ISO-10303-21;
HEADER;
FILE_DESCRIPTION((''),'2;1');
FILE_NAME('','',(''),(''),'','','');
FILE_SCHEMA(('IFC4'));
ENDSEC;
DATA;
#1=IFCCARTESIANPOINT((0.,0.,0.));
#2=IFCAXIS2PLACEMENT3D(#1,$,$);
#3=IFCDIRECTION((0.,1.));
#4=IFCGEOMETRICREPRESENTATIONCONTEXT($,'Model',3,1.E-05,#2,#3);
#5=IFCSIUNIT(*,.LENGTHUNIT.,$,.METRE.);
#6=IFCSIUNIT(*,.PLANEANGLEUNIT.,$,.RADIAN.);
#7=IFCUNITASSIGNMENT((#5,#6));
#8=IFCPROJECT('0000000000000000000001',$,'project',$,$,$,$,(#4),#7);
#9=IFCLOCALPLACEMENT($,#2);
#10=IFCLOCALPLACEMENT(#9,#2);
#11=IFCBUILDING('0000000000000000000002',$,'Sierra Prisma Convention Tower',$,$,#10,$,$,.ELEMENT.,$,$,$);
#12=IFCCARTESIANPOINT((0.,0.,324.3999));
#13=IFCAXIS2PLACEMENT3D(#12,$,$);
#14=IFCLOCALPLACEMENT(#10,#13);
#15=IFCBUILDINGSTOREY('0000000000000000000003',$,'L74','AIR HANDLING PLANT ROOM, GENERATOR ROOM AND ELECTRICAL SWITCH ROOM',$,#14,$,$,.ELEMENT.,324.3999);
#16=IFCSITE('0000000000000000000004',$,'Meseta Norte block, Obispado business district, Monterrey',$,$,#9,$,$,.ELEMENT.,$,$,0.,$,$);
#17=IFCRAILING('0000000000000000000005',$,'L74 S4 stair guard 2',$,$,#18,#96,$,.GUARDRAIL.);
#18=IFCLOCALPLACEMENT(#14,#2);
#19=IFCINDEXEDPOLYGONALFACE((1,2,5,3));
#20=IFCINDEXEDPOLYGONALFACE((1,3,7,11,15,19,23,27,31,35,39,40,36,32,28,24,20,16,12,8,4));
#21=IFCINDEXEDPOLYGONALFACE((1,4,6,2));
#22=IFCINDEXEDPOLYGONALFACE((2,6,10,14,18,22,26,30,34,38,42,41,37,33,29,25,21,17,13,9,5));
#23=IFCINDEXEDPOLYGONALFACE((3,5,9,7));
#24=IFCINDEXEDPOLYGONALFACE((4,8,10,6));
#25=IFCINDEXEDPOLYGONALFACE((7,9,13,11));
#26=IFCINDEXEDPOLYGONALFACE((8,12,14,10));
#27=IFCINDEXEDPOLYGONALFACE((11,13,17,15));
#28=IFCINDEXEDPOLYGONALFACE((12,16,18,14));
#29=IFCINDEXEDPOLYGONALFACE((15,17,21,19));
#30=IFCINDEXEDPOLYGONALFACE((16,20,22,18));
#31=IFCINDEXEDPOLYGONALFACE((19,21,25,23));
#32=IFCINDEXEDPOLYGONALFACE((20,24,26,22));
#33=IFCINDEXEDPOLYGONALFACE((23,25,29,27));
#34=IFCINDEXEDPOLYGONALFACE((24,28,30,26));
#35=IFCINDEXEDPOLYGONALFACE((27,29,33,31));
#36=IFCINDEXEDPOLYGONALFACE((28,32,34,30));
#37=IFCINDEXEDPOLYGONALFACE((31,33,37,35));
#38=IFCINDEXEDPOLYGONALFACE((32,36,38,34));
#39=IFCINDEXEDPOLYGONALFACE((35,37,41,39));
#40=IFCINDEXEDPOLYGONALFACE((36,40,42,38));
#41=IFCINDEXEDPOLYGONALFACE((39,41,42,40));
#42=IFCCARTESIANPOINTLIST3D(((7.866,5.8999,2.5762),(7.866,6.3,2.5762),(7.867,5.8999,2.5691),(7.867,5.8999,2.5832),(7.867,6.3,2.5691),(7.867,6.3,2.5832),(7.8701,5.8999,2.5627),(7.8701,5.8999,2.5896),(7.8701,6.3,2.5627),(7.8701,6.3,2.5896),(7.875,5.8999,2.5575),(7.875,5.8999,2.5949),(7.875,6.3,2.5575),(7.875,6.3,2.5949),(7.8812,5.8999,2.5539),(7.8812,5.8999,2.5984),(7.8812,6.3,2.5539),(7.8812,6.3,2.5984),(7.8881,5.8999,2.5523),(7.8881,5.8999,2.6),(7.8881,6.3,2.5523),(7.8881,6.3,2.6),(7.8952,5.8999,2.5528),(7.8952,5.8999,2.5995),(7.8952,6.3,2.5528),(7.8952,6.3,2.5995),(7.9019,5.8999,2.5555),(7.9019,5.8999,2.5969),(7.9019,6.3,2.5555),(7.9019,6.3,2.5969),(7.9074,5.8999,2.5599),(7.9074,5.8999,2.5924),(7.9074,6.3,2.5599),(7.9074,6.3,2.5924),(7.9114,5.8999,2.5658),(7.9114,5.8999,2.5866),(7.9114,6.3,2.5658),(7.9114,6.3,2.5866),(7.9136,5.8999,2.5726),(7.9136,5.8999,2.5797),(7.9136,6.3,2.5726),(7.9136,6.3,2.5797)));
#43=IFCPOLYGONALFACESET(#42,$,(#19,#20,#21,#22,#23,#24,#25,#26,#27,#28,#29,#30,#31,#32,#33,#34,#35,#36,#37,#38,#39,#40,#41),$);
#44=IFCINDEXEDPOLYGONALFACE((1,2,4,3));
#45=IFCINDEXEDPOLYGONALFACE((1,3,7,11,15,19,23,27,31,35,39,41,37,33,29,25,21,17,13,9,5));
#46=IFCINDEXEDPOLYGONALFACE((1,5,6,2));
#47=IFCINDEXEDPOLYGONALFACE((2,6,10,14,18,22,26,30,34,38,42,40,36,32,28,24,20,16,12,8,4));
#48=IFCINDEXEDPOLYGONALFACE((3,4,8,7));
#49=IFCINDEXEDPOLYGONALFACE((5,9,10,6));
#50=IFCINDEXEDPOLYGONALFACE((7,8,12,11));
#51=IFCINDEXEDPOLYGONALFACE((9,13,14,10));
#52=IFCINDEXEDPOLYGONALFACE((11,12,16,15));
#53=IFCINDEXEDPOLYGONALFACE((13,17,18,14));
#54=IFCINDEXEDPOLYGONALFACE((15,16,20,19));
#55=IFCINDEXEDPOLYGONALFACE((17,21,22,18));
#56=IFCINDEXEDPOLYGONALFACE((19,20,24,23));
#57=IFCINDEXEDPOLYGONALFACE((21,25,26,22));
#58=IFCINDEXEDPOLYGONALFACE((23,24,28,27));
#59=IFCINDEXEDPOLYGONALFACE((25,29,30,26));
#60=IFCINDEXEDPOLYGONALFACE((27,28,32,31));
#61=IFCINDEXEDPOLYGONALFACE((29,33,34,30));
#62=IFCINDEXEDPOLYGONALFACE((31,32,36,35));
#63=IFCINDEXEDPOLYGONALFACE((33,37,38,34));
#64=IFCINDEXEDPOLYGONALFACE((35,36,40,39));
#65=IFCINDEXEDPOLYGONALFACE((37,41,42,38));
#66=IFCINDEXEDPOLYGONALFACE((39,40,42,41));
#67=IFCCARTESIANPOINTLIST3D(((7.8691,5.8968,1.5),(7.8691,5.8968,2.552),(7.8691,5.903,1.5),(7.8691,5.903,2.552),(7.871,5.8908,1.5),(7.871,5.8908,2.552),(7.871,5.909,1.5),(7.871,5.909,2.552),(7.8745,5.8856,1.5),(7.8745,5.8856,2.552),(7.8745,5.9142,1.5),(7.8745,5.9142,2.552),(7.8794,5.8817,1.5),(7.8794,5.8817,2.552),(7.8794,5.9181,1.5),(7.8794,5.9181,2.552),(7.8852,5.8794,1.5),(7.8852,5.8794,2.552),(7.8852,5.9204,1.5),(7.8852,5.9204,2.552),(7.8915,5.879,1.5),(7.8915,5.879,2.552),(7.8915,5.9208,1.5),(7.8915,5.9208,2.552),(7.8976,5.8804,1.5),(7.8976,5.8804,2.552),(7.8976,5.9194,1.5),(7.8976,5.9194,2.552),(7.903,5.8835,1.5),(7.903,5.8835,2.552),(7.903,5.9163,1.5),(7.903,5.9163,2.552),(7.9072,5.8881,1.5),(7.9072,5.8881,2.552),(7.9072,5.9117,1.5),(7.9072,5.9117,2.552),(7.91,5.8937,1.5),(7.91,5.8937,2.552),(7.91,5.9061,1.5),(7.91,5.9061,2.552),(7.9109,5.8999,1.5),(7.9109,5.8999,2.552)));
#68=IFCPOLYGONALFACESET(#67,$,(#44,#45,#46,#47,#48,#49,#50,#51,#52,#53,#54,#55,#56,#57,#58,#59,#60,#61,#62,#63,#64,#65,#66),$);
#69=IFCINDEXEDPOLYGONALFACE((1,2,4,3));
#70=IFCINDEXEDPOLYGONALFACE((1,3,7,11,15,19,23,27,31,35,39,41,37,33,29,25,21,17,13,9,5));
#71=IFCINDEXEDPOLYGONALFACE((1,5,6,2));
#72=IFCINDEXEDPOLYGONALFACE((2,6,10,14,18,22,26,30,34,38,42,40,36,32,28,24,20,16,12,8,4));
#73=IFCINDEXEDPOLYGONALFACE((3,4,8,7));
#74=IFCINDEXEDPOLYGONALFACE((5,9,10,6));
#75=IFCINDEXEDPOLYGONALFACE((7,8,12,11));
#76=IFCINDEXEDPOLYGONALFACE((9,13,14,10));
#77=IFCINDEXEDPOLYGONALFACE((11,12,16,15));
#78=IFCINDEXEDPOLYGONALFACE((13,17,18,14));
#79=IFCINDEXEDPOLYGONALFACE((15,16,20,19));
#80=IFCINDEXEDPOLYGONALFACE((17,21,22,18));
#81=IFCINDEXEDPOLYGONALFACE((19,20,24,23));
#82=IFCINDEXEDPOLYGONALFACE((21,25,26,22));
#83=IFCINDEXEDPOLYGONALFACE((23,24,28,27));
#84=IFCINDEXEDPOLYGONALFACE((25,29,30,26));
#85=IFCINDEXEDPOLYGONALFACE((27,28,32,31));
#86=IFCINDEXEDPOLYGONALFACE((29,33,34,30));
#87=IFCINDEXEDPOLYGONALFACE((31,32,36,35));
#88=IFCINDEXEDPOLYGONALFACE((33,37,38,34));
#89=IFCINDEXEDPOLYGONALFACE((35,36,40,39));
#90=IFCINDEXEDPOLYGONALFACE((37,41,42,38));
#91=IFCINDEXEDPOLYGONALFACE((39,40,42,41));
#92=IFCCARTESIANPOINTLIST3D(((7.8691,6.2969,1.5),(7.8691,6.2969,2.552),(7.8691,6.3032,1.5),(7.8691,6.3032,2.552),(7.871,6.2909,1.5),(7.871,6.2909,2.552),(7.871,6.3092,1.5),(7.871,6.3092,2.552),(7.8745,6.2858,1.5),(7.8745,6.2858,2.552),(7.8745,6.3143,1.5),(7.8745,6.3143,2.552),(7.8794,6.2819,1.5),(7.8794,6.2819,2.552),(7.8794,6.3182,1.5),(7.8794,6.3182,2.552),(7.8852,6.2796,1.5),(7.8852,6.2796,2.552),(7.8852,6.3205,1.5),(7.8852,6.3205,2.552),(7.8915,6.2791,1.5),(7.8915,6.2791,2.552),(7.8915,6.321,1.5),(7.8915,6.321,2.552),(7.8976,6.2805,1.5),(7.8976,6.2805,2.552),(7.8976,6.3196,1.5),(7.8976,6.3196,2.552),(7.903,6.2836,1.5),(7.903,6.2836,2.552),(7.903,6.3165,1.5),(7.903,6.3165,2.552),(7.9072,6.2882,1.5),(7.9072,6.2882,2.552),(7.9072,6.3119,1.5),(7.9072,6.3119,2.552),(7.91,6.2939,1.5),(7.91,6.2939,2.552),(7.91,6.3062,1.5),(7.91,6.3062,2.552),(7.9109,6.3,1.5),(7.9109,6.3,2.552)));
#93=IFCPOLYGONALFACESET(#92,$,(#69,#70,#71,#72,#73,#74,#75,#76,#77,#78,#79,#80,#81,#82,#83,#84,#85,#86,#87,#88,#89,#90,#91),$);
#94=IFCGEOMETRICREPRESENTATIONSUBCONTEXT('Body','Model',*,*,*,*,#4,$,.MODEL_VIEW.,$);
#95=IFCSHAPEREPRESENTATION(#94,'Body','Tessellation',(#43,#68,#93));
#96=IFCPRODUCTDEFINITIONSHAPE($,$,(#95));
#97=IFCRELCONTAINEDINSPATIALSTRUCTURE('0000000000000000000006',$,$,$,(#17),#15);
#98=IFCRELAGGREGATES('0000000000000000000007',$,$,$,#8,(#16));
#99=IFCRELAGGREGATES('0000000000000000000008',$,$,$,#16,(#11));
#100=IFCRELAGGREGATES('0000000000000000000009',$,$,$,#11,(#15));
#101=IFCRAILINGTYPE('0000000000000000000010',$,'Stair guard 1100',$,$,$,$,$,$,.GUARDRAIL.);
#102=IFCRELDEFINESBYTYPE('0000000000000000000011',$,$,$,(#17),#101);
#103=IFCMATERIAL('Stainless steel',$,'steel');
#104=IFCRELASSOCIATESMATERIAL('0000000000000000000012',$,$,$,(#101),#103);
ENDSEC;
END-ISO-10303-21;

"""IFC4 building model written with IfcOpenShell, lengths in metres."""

from ifc_helpers import new_model, si_unit, direction, frame, origin, origin_2d, place, context, subcontext, project, spatial, circle, extrude, material, type_object, element, save


model = new_model("IFC4")

# Units and contexts
model_context = context("Model", 3, precision=1e-05, world=origin(), true_north=direction((0.0, 1.0)))
body_context = subcontext(model_context, "Body", "Model", "MODEL_VIEW")
ifc_project = project(units=[si_unit("LENGTHUNIT", "METRE"), si_unit("PLANEANGLEUNIT", "RADIAN")], contexts=[model_context])

# Site, building, storey
site_placement = place(None, origin())
site = spatial("IfcSite", under=ifc_project, at=site_placement, Name="Meseta Norte block, Obispado business district, Monterrey", CompositionType="ELEMENT", RefElevation=0.0)
building_placement = place(site_placement, origin())
building = spatial("IfcBuilding", under=site, at=building_placement, Name="Sierra Prisma Convention Tower", CompositionType="ELEMENT")
storey_placement = place(building_placement, frame((0.0, 0.0, 324.3999)))
storey = spatial("IfcBuildingStorey", under=building, at=storey_placement, Name="L74", Description="AIR HANDLING PLANT ROOM, GENERATOR ROOM AND ELECTRICAL SWITCH ROOM", CompositionType="ELEMENT", Elevation=324.3999)

# Railing
ifc_material_1 = material(Name="Stainless steel", Category="steel")
railing_type = type_object("IfcRailingType", Name="Stair guard 1100", PredefinedType="GUARDRAIL", material=ifc_material_1)
railing_1_placement = place(storey_placement, frame((7.8899, 5.8999, 1.5)))
element("IfcRailing", 1, at=railing_1_placement, inside=storey, type_object=railing_type, Name="L74 S4 stair guard 2", PredefinedType="GUARDRAIL", context=body_context, shape_type="SweptSolid", body=[
    extrude(circle(Radius=0.0239, at=origin_2d()), frame((0.0, 0.0, 1.0762), z_axis=(0.0, 1.0, 0.0), x_axis=(-1.0, 0.0, 0.0)), (0.0, 0.0, 1.0), 0.4001),
    extrude(circle(Radius=0.021, at=origin_2d()), origin(), (0.0, 0.0, 1.0), 1.052),
    extrude(circle(Radius=0.021, at=origin_2d()), frame((0.0, 0.4001, 0.0)), (0.0, 0.0, 1.0), 1.052),
])

save(model, "model.ifc")
